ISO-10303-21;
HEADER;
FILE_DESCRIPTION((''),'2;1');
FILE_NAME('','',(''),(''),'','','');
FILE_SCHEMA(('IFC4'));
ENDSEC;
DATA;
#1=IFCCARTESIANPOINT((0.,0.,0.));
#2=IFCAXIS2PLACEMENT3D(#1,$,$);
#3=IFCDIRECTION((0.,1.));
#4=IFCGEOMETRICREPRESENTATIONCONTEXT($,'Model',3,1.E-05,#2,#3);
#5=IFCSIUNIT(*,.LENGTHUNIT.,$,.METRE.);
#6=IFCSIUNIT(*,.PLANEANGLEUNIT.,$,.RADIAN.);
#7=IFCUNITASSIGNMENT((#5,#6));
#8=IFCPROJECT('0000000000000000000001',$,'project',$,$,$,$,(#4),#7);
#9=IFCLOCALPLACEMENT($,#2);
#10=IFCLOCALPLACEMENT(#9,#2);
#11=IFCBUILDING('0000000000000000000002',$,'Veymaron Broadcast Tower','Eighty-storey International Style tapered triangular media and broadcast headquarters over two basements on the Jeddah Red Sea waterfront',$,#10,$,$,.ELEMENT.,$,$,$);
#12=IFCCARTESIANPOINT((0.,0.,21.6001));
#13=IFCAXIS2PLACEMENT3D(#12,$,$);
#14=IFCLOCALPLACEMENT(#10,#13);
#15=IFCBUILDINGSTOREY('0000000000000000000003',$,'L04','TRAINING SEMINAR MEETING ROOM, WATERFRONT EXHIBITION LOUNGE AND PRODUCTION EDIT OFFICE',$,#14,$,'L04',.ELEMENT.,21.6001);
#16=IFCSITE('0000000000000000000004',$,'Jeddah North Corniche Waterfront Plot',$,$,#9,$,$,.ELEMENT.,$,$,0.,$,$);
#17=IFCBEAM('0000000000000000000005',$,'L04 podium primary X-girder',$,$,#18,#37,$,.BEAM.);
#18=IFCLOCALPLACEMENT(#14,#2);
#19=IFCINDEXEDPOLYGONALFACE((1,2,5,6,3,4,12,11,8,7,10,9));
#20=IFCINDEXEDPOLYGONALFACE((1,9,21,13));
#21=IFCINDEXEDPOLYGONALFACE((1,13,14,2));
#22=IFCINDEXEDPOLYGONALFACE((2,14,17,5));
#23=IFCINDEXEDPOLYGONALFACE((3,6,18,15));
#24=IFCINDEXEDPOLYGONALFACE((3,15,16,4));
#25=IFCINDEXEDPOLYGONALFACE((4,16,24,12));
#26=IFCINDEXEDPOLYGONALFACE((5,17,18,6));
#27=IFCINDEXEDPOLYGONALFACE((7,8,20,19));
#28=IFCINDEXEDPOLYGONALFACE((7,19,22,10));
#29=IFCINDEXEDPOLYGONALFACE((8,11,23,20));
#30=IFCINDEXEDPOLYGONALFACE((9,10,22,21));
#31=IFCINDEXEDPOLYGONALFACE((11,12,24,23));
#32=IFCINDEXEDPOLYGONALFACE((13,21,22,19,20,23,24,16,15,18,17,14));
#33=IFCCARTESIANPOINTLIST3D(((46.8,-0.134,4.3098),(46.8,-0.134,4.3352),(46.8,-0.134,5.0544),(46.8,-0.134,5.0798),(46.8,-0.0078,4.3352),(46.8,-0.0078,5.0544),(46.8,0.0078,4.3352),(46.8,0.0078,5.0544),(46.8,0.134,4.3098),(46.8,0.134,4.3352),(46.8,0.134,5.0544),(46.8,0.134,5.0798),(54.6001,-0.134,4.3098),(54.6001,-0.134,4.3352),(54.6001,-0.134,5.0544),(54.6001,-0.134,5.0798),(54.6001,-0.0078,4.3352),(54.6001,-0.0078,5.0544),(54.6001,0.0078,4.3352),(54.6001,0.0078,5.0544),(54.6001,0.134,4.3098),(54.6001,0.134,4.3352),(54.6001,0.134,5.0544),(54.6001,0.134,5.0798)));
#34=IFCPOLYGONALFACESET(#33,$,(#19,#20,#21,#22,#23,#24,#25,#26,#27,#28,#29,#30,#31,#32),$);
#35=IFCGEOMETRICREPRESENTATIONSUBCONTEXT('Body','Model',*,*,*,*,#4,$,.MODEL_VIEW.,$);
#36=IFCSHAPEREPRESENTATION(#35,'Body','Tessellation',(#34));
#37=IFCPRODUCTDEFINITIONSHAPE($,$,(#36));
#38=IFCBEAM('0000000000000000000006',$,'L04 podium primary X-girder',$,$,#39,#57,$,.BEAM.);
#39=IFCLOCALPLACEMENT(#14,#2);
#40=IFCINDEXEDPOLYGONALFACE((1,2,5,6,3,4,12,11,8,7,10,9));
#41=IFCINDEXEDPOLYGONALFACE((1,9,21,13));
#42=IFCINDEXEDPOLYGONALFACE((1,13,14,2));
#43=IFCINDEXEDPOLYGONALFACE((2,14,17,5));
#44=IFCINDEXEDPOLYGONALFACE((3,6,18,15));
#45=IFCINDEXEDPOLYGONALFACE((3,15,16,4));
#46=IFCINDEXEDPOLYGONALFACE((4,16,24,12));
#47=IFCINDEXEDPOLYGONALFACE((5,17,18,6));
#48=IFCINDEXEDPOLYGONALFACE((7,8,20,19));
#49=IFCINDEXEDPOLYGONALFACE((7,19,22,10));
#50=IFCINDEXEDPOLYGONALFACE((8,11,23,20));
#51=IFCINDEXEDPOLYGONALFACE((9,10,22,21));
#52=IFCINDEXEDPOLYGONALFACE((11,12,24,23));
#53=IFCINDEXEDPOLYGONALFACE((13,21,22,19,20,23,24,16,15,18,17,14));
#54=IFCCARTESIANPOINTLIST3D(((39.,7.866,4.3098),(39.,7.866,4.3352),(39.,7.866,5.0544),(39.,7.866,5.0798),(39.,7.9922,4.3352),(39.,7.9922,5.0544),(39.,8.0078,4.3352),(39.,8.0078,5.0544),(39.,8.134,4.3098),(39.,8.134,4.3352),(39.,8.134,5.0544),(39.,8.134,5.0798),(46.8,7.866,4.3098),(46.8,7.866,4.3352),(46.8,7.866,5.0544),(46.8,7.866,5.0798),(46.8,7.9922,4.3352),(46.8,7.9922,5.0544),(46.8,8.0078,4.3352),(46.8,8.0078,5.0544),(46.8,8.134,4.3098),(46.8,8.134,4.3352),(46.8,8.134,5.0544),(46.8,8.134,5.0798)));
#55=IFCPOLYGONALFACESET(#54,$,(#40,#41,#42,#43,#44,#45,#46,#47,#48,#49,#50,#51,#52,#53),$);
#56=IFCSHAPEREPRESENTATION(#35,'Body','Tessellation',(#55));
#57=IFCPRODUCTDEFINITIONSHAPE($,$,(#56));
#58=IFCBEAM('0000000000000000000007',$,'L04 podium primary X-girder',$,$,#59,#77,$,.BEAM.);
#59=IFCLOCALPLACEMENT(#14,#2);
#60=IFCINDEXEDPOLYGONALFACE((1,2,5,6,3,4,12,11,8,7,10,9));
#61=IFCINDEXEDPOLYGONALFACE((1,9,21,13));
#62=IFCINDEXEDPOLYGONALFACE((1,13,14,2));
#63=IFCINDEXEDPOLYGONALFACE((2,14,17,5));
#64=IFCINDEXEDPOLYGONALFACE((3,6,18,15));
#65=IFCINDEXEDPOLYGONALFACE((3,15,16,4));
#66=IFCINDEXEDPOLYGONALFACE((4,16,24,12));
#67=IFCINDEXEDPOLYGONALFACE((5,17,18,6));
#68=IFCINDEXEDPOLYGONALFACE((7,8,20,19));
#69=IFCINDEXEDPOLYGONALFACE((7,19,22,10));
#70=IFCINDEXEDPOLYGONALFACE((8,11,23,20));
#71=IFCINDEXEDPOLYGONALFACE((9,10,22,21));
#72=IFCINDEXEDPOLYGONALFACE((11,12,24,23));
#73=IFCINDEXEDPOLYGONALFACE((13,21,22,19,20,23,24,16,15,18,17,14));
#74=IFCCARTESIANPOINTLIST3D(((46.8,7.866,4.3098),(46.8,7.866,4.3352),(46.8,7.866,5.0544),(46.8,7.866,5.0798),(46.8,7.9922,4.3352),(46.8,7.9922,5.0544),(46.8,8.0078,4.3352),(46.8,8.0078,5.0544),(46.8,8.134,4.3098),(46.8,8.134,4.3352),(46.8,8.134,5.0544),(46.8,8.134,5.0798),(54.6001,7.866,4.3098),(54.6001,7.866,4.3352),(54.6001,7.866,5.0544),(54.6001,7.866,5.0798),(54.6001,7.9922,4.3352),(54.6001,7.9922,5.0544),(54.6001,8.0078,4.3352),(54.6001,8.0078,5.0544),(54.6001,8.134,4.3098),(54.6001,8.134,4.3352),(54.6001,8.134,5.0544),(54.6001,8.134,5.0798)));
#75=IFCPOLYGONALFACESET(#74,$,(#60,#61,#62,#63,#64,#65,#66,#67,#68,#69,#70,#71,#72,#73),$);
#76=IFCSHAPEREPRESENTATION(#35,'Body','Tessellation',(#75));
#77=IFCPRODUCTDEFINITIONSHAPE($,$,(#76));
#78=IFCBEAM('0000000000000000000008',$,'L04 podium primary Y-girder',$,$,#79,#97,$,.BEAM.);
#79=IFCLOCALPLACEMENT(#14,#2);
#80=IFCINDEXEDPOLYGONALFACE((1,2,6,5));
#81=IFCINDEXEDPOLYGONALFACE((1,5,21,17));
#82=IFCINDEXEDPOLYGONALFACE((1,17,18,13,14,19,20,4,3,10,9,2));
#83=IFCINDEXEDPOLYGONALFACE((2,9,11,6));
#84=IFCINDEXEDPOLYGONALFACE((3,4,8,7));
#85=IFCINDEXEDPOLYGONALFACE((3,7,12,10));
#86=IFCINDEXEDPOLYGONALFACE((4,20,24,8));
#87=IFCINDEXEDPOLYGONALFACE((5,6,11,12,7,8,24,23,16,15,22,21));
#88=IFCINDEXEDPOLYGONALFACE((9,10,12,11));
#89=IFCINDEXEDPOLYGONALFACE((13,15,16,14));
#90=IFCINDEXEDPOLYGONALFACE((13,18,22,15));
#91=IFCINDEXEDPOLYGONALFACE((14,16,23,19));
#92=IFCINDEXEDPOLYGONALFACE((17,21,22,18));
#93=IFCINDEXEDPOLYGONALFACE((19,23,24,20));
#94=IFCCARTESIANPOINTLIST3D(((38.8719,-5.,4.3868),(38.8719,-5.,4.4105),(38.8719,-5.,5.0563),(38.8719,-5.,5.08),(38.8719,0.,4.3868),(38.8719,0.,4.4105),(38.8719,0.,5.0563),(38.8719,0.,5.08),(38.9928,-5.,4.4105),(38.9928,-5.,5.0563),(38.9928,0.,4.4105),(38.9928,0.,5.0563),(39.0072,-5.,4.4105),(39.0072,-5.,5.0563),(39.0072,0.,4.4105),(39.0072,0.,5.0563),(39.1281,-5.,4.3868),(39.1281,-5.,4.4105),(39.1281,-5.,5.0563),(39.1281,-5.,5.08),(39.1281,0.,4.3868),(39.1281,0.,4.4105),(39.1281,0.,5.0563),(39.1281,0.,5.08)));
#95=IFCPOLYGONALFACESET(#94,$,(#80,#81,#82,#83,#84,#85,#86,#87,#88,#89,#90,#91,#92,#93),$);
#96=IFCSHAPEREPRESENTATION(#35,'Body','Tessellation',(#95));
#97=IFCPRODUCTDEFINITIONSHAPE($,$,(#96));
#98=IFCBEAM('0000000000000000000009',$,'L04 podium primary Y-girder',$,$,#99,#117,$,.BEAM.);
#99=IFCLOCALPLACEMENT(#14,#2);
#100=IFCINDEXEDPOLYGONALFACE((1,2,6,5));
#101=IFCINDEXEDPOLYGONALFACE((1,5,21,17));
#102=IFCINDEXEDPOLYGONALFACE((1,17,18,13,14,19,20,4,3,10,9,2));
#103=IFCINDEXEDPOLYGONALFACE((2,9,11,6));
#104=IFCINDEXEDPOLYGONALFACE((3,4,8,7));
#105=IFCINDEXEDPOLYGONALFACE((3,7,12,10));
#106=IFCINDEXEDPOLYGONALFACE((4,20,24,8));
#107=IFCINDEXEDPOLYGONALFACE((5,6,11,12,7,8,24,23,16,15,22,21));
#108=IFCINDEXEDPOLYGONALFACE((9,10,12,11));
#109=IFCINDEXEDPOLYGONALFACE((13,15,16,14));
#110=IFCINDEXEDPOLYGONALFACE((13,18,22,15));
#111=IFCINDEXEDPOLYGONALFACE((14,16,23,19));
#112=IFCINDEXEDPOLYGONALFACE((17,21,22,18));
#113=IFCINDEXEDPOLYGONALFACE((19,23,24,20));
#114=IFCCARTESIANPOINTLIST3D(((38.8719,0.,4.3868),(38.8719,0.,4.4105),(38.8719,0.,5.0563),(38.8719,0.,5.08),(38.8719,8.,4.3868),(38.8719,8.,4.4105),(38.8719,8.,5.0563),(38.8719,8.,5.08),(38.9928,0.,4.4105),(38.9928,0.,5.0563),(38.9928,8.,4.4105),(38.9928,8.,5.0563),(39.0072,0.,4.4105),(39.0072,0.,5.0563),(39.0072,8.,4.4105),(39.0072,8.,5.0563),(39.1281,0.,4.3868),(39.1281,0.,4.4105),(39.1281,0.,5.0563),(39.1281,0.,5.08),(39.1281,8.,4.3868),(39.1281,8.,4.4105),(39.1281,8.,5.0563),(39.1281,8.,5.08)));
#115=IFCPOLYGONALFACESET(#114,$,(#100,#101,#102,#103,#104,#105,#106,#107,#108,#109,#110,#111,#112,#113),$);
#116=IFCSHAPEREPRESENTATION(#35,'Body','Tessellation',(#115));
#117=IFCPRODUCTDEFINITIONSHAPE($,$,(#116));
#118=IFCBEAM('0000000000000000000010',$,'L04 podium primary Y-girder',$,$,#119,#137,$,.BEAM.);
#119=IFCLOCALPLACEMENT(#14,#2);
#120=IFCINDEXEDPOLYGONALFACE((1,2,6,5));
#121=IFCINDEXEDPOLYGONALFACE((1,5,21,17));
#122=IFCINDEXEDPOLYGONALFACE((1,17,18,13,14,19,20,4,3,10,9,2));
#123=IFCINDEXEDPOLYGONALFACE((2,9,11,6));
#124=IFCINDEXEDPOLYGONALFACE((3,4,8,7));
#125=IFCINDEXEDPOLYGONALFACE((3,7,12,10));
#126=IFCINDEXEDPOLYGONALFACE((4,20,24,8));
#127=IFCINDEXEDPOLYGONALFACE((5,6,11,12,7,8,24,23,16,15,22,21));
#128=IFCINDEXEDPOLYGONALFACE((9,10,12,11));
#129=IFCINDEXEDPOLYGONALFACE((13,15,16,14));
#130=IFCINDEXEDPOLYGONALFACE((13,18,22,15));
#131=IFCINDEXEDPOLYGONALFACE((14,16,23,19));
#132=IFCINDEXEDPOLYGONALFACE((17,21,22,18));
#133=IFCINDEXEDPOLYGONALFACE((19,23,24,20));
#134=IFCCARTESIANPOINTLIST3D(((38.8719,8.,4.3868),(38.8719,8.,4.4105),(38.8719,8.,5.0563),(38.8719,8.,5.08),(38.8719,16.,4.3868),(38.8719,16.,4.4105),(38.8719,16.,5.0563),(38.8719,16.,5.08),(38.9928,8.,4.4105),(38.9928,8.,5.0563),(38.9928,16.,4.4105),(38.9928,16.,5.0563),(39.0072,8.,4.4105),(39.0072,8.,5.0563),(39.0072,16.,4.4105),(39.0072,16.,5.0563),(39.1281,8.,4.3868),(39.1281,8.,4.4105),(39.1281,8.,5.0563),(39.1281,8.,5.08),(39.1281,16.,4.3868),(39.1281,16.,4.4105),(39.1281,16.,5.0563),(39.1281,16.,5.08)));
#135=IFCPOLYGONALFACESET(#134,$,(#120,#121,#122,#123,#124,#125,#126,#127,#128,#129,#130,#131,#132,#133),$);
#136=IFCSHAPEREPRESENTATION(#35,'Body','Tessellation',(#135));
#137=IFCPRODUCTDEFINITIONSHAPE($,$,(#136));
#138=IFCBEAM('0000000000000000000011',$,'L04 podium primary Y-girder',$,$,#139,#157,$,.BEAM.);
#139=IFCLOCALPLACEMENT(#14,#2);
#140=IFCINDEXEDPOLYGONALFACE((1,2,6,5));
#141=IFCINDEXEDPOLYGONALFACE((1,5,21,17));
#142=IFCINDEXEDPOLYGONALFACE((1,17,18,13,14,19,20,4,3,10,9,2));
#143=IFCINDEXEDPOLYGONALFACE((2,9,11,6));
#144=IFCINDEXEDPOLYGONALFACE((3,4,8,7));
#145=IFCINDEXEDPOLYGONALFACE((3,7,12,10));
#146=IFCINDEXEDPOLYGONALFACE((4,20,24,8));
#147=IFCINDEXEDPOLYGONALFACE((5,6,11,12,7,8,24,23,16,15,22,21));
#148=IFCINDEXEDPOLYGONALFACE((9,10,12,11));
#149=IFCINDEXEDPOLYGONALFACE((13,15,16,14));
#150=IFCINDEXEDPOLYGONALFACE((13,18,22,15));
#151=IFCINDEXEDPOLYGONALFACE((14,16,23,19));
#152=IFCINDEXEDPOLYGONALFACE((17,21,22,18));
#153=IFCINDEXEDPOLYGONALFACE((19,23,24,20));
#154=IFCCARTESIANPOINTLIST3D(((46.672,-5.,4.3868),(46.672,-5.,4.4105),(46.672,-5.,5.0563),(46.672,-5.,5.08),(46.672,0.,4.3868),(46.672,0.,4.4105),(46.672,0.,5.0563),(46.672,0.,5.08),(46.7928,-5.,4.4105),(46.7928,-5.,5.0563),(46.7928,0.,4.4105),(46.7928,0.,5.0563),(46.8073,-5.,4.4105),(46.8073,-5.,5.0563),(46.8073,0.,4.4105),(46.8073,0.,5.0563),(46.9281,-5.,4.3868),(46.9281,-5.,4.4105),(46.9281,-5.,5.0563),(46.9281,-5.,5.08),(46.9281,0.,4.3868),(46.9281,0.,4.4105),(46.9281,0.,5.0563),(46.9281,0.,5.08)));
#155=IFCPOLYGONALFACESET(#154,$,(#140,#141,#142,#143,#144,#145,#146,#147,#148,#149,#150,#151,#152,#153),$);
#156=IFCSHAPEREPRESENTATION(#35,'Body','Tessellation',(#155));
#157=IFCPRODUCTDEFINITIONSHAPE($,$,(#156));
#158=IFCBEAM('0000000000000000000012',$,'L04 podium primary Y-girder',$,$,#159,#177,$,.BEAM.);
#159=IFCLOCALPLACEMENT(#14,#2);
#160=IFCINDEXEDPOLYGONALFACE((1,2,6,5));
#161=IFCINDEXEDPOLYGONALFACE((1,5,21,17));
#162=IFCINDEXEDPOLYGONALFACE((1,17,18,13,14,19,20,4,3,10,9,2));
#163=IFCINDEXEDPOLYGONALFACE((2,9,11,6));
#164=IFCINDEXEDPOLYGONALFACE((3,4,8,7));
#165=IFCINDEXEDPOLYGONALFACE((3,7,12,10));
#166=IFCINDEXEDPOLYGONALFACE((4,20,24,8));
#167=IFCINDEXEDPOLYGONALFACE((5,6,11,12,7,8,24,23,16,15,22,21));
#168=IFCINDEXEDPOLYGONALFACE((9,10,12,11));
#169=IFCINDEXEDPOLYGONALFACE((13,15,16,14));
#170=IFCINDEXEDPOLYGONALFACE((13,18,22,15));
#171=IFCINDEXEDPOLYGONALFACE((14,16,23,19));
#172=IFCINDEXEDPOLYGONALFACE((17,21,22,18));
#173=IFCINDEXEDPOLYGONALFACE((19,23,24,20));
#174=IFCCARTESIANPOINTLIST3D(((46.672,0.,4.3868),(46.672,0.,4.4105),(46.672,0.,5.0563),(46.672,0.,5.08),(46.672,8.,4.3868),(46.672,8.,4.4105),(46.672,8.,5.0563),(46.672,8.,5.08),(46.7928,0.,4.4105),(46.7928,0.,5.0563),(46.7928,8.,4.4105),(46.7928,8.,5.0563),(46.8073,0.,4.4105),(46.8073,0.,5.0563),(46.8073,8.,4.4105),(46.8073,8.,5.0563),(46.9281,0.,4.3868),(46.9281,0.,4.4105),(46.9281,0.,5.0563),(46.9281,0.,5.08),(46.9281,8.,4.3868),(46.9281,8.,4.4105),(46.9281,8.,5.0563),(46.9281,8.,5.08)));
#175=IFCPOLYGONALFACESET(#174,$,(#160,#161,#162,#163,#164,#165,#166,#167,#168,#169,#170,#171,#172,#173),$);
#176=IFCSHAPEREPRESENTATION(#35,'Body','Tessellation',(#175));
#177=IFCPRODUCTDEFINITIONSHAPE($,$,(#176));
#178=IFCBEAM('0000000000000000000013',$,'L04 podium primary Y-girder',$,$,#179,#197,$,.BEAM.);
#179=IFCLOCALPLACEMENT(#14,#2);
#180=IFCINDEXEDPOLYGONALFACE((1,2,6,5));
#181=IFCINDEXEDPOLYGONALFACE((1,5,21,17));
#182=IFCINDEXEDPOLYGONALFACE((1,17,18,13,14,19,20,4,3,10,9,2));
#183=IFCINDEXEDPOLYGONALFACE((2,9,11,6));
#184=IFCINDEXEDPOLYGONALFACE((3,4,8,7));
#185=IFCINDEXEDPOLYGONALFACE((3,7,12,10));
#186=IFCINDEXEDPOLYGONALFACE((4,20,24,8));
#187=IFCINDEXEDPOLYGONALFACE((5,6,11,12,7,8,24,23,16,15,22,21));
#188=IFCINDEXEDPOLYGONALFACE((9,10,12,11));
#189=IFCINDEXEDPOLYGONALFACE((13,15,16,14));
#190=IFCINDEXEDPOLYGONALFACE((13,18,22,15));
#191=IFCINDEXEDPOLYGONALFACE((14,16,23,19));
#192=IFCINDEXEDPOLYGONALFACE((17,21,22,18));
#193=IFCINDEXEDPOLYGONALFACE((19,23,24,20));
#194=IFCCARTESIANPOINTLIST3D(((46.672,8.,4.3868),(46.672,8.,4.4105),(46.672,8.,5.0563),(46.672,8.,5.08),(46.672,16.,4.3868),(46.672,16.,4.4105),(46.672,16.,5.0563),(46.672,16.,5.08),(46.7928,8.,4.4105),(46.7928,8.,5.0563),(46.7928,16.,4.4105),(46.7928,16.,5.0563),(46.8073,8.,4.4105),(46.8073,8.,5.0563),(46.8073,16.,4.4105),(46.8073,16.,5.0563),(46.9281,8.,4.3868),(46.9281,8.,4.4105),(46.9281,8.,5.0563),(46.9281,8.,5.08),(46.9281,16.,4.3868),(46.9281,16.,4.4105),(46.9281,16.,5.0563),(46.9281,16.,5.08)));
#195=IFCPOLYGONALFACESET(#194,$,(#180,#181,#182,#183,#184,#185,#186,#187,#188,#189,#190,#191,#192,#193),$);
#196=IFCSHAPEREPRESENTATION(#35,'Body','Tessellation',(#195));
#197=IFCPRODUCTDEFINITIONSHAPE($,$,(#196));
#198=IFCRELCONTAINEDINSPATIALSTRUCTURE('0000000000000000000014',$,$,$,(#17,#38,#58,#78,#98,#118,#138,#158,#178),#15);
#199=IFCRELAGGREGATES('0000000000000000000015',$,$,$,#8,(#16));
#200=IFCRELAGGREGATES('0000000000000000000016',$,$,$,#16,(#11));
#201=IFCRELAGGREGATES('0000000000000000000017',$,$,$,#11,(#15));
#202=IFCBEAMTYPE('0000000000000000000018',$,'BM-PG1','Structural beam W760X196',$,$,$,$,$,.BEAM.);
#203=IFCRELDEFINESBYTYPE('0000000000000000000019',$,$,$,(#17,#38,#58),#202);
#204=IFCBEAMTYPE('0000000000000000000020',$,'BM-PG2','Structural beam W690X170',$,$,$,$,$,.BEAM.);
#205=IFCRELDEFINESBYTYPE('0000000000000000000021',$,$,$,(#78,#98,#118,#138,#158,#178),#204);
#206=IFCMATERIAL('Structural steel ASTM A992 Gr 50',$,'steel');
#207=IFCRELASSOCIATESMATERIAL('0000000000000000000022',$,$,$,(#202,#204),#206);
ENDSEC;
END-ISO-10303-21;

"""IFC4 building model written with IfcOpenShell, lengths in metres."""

from ifc_helpers import new_model, si_unit, direction, frame, origin, origin_2d, place, context, subcontext, project, spatial, i_section, extrude, material, material_profile, profile_set, type_object, element, save


model = new_model("IFC4")

# Units and contexts
model_context = context("Model", 3, precision=1e-05, world=origin(), true_north=direction((0.0, 1.0)))
body_context = subcontext(model_context, "Body", "Model", "MODEL_VIEW")
ifc_project = project(units=[si_unit("LENGTHUNIT", "METRE"), si_unit("PLANEANGLEUNIT", "RADIAN")], contexts=[model_context])

# Site, building, storey
site_placement = place(None, origin())
site = spatial("IfcSite", under=ifc_project, at=site_placement, Name="Jeddah North Corniche Waterfront Plot", CompositionType="ELEMENT", RefElevation=0.0)
building_placement = place(site_placement, origin())
building = spatial("IfcBuilding", under=site, at=building_placement, Name="Veymaron Broadcast Tower", Description="Eighty-storey International Style tapered triangular media and broadcast headquarters over two basements on the Jeddah Red Sea waterfront", CompositionType="ELEMENT")
storey_placement = place(building_placement, frame((0.0, 0.0, 21.6001)))
storey = spatial("IfcBuildingStorey", under=building, at=storey_placement, Name="L04", Description="TRAINING SEMINAR MEETING ROOM, WATERFRONT EXHIBITION LOUNGE AND PRODUCTION EDIT OFFICE", LongName="L04", CompositionType="ELEMENT", Elevation=21.6001)

# Shared definitions
ifc_material_1 = material(Name="Structural steel ASTM A992 Gr 50", Category="steel")

# Beams
ifc_material_profile_1 = material_profile(ifc_material_1, i_section(OverallWidth=0.2681, OverallDepth=0.77, WebThickness=0.0156, FlangeThickness=0.0254, at=origin_2d()), Name="W760X196")
ifc_profile_set_1 = profile_set([ifc_material_profile_1], Name="Structural steel ASTM A992 Gr 50")
beam_type_1 = type_object("IfcBeamType", Name="BM-PG1", Description="Structural beam W760X196", PredefinedType="BEAM", material=ifc_profile_set_1)
for number, where, z_axis, x_axis, name in (
    (1, (46.8, 0.0, 4.6948), (1.0, 0.0, 0.0), (0.0, 1.0, 0.0), "L04 podium primary X-girder"),
    (2, (39.0, 8.0, 4.6948), (1.0, 0.0, 0.0), (0.0, 1.0, 0.0), "L04 podium primary X-girder"),
    (3, (46.8, 8.0, 4.6948), (1.0, 0.0, 0.0), (0.0, 1.0, 0.0), "L04 podium primary X-girder"),
):
    element("IfcBeam", number, at=place(storey_placement, frame(where, z_axis=z_axis, x_axis=x_axis)), inside=storey, type_object=beam_type_1, Name=name, PredefinedType="BEAM", context=body_context, shape_type="SweptSolid", body=[
        extrude(i_section(OverallWidth=0.2681, OverallDepth=0.77, WebThickness=0.0156, FlangeThickness=0.0254, at=origin_2d()), origin(), (0.0, 0.0, 1.0), 7.8),
    ])
ifc_material_profile_2 = material_profile(ifc_material_1, i_section(OverallWidth=0.2561, OverallDepth=0.6931, WebThickness=0.0144, FlangeThickness=0.0237, at=origin_2d()), Name="W690X170")
ifc_profile_set_2 = profile_set([ifc_material_profile_2], Name="Structural steel ASTM A992 Gr 50")
beam_type_2 = type_object("IfcBeamType", Name="BM-PG2", Description="Structural beam W690X170", PredefinedType="BEAM", material=ifc_profile_set_2)
beam_1_placement = place(storey_placement, frame((39.0, -5.0, 4.7334), z_axis=(0.0, 1.0, 0.0), x_axis=(-1.0, 0.0, 0.0)))
element("IfcBeam", 4, at=beam_1_placement, inside=storey, type_object=beam_type_2, Name="L04 podium primary Y-girder", PredefinedType="BEAM", context=body_context, shape_type="SweptSolid", body=[
    extrude(i_section(OverallWidth=0.2561, OverallDepth=0.6931, WebThickness=0.0144, FlangeThickness=0.0237, at=origin_2d()), origin(), (0.0, 0.0, 1.0), 5.0),
])
for number, where, z_axis, x_axis, name in (
    (5, (39.0, 0.0, 4.7334), (0.0, 1.0, 0.0), (-1.0, 0.0, 0.0), "L04 podium primary Y-girder"),
    (6, (39.0, 8.0, 4.7334), (0.0, 1.0, 0.0), (-1.0, 0.0, 0.0), "L04 podium primary Y-girder"),
):
    element("IfcBeam", number, at=place(storey_placement, frame(where, z_axis=z_axis, x_axis=x_axis)), inside=storey, type_object=beam_type_2, Name=name, PredefinedType="BEAM", context=body_context, shape_type="SweptSolid", body=[
        extrude(i_section(OverallWidth=0.2561, OverallDepth=0.6931, WebThickness=0.0144, FlangeThickness=0.0237, at=origin_2d()), origin(), (0.0, 0.0, 1.0), 8.0),
    ])
beam_2_placement = place(storey_placement, frame((46.8, -5.0, 4.7334), z_axis=(0.0, 1.0, 0.0), x_axis=(-1.0, 0.0, 0.0)))
element("IfcBeam", 7, at=beam_2_placement, inside=storey, type_object=beam_type_2, Name="L04 podium primary Y-girder", PredefinedType="BEAM", context=body_context, shape_type="SweptSolid", body=[
    extrude(i_section(OverallWidth=0.2561, OverallDepth=0.6931, WebThickness=0.0144, FlangeThickness=0.0237, at=origin_2d()), origin(), (0.0, 0.0, 1.0), 5.0),
])
for number, where, z_axis, x_axis, name in (
    (8, (46.8, 0.0, 4.7334), (0.0, 1.0, 0.0), (-1.0, 0.0, 0.0), "L04 podium primary Y-girder"),
    (9, (46.8, 8.0, 4.7334), (0.0, 1.0, 0.0), (-1.0, 0.0, 0.0), "L04 podium primary Y-girder"),
):
    element("IfcBeam", number, at=place(storey_placement, frame(where, z_axis=z_axis, x_axis=x_axis)), inside=storey, type_object=beam_type_2, Name=name, PredefinedType="BEAM", context=body_context, shape_type="SweptSolid", body=[
        extrude(i_section(OverallWidth=0.2561, OverallDepth=0.6931, WebThickness=0.0144, FlangeThickness=0.0237, at=origin_2d()), origin(), (0.0, 0.0, 1.0), 8.0),
    ])

save(model, "model.ifc")
